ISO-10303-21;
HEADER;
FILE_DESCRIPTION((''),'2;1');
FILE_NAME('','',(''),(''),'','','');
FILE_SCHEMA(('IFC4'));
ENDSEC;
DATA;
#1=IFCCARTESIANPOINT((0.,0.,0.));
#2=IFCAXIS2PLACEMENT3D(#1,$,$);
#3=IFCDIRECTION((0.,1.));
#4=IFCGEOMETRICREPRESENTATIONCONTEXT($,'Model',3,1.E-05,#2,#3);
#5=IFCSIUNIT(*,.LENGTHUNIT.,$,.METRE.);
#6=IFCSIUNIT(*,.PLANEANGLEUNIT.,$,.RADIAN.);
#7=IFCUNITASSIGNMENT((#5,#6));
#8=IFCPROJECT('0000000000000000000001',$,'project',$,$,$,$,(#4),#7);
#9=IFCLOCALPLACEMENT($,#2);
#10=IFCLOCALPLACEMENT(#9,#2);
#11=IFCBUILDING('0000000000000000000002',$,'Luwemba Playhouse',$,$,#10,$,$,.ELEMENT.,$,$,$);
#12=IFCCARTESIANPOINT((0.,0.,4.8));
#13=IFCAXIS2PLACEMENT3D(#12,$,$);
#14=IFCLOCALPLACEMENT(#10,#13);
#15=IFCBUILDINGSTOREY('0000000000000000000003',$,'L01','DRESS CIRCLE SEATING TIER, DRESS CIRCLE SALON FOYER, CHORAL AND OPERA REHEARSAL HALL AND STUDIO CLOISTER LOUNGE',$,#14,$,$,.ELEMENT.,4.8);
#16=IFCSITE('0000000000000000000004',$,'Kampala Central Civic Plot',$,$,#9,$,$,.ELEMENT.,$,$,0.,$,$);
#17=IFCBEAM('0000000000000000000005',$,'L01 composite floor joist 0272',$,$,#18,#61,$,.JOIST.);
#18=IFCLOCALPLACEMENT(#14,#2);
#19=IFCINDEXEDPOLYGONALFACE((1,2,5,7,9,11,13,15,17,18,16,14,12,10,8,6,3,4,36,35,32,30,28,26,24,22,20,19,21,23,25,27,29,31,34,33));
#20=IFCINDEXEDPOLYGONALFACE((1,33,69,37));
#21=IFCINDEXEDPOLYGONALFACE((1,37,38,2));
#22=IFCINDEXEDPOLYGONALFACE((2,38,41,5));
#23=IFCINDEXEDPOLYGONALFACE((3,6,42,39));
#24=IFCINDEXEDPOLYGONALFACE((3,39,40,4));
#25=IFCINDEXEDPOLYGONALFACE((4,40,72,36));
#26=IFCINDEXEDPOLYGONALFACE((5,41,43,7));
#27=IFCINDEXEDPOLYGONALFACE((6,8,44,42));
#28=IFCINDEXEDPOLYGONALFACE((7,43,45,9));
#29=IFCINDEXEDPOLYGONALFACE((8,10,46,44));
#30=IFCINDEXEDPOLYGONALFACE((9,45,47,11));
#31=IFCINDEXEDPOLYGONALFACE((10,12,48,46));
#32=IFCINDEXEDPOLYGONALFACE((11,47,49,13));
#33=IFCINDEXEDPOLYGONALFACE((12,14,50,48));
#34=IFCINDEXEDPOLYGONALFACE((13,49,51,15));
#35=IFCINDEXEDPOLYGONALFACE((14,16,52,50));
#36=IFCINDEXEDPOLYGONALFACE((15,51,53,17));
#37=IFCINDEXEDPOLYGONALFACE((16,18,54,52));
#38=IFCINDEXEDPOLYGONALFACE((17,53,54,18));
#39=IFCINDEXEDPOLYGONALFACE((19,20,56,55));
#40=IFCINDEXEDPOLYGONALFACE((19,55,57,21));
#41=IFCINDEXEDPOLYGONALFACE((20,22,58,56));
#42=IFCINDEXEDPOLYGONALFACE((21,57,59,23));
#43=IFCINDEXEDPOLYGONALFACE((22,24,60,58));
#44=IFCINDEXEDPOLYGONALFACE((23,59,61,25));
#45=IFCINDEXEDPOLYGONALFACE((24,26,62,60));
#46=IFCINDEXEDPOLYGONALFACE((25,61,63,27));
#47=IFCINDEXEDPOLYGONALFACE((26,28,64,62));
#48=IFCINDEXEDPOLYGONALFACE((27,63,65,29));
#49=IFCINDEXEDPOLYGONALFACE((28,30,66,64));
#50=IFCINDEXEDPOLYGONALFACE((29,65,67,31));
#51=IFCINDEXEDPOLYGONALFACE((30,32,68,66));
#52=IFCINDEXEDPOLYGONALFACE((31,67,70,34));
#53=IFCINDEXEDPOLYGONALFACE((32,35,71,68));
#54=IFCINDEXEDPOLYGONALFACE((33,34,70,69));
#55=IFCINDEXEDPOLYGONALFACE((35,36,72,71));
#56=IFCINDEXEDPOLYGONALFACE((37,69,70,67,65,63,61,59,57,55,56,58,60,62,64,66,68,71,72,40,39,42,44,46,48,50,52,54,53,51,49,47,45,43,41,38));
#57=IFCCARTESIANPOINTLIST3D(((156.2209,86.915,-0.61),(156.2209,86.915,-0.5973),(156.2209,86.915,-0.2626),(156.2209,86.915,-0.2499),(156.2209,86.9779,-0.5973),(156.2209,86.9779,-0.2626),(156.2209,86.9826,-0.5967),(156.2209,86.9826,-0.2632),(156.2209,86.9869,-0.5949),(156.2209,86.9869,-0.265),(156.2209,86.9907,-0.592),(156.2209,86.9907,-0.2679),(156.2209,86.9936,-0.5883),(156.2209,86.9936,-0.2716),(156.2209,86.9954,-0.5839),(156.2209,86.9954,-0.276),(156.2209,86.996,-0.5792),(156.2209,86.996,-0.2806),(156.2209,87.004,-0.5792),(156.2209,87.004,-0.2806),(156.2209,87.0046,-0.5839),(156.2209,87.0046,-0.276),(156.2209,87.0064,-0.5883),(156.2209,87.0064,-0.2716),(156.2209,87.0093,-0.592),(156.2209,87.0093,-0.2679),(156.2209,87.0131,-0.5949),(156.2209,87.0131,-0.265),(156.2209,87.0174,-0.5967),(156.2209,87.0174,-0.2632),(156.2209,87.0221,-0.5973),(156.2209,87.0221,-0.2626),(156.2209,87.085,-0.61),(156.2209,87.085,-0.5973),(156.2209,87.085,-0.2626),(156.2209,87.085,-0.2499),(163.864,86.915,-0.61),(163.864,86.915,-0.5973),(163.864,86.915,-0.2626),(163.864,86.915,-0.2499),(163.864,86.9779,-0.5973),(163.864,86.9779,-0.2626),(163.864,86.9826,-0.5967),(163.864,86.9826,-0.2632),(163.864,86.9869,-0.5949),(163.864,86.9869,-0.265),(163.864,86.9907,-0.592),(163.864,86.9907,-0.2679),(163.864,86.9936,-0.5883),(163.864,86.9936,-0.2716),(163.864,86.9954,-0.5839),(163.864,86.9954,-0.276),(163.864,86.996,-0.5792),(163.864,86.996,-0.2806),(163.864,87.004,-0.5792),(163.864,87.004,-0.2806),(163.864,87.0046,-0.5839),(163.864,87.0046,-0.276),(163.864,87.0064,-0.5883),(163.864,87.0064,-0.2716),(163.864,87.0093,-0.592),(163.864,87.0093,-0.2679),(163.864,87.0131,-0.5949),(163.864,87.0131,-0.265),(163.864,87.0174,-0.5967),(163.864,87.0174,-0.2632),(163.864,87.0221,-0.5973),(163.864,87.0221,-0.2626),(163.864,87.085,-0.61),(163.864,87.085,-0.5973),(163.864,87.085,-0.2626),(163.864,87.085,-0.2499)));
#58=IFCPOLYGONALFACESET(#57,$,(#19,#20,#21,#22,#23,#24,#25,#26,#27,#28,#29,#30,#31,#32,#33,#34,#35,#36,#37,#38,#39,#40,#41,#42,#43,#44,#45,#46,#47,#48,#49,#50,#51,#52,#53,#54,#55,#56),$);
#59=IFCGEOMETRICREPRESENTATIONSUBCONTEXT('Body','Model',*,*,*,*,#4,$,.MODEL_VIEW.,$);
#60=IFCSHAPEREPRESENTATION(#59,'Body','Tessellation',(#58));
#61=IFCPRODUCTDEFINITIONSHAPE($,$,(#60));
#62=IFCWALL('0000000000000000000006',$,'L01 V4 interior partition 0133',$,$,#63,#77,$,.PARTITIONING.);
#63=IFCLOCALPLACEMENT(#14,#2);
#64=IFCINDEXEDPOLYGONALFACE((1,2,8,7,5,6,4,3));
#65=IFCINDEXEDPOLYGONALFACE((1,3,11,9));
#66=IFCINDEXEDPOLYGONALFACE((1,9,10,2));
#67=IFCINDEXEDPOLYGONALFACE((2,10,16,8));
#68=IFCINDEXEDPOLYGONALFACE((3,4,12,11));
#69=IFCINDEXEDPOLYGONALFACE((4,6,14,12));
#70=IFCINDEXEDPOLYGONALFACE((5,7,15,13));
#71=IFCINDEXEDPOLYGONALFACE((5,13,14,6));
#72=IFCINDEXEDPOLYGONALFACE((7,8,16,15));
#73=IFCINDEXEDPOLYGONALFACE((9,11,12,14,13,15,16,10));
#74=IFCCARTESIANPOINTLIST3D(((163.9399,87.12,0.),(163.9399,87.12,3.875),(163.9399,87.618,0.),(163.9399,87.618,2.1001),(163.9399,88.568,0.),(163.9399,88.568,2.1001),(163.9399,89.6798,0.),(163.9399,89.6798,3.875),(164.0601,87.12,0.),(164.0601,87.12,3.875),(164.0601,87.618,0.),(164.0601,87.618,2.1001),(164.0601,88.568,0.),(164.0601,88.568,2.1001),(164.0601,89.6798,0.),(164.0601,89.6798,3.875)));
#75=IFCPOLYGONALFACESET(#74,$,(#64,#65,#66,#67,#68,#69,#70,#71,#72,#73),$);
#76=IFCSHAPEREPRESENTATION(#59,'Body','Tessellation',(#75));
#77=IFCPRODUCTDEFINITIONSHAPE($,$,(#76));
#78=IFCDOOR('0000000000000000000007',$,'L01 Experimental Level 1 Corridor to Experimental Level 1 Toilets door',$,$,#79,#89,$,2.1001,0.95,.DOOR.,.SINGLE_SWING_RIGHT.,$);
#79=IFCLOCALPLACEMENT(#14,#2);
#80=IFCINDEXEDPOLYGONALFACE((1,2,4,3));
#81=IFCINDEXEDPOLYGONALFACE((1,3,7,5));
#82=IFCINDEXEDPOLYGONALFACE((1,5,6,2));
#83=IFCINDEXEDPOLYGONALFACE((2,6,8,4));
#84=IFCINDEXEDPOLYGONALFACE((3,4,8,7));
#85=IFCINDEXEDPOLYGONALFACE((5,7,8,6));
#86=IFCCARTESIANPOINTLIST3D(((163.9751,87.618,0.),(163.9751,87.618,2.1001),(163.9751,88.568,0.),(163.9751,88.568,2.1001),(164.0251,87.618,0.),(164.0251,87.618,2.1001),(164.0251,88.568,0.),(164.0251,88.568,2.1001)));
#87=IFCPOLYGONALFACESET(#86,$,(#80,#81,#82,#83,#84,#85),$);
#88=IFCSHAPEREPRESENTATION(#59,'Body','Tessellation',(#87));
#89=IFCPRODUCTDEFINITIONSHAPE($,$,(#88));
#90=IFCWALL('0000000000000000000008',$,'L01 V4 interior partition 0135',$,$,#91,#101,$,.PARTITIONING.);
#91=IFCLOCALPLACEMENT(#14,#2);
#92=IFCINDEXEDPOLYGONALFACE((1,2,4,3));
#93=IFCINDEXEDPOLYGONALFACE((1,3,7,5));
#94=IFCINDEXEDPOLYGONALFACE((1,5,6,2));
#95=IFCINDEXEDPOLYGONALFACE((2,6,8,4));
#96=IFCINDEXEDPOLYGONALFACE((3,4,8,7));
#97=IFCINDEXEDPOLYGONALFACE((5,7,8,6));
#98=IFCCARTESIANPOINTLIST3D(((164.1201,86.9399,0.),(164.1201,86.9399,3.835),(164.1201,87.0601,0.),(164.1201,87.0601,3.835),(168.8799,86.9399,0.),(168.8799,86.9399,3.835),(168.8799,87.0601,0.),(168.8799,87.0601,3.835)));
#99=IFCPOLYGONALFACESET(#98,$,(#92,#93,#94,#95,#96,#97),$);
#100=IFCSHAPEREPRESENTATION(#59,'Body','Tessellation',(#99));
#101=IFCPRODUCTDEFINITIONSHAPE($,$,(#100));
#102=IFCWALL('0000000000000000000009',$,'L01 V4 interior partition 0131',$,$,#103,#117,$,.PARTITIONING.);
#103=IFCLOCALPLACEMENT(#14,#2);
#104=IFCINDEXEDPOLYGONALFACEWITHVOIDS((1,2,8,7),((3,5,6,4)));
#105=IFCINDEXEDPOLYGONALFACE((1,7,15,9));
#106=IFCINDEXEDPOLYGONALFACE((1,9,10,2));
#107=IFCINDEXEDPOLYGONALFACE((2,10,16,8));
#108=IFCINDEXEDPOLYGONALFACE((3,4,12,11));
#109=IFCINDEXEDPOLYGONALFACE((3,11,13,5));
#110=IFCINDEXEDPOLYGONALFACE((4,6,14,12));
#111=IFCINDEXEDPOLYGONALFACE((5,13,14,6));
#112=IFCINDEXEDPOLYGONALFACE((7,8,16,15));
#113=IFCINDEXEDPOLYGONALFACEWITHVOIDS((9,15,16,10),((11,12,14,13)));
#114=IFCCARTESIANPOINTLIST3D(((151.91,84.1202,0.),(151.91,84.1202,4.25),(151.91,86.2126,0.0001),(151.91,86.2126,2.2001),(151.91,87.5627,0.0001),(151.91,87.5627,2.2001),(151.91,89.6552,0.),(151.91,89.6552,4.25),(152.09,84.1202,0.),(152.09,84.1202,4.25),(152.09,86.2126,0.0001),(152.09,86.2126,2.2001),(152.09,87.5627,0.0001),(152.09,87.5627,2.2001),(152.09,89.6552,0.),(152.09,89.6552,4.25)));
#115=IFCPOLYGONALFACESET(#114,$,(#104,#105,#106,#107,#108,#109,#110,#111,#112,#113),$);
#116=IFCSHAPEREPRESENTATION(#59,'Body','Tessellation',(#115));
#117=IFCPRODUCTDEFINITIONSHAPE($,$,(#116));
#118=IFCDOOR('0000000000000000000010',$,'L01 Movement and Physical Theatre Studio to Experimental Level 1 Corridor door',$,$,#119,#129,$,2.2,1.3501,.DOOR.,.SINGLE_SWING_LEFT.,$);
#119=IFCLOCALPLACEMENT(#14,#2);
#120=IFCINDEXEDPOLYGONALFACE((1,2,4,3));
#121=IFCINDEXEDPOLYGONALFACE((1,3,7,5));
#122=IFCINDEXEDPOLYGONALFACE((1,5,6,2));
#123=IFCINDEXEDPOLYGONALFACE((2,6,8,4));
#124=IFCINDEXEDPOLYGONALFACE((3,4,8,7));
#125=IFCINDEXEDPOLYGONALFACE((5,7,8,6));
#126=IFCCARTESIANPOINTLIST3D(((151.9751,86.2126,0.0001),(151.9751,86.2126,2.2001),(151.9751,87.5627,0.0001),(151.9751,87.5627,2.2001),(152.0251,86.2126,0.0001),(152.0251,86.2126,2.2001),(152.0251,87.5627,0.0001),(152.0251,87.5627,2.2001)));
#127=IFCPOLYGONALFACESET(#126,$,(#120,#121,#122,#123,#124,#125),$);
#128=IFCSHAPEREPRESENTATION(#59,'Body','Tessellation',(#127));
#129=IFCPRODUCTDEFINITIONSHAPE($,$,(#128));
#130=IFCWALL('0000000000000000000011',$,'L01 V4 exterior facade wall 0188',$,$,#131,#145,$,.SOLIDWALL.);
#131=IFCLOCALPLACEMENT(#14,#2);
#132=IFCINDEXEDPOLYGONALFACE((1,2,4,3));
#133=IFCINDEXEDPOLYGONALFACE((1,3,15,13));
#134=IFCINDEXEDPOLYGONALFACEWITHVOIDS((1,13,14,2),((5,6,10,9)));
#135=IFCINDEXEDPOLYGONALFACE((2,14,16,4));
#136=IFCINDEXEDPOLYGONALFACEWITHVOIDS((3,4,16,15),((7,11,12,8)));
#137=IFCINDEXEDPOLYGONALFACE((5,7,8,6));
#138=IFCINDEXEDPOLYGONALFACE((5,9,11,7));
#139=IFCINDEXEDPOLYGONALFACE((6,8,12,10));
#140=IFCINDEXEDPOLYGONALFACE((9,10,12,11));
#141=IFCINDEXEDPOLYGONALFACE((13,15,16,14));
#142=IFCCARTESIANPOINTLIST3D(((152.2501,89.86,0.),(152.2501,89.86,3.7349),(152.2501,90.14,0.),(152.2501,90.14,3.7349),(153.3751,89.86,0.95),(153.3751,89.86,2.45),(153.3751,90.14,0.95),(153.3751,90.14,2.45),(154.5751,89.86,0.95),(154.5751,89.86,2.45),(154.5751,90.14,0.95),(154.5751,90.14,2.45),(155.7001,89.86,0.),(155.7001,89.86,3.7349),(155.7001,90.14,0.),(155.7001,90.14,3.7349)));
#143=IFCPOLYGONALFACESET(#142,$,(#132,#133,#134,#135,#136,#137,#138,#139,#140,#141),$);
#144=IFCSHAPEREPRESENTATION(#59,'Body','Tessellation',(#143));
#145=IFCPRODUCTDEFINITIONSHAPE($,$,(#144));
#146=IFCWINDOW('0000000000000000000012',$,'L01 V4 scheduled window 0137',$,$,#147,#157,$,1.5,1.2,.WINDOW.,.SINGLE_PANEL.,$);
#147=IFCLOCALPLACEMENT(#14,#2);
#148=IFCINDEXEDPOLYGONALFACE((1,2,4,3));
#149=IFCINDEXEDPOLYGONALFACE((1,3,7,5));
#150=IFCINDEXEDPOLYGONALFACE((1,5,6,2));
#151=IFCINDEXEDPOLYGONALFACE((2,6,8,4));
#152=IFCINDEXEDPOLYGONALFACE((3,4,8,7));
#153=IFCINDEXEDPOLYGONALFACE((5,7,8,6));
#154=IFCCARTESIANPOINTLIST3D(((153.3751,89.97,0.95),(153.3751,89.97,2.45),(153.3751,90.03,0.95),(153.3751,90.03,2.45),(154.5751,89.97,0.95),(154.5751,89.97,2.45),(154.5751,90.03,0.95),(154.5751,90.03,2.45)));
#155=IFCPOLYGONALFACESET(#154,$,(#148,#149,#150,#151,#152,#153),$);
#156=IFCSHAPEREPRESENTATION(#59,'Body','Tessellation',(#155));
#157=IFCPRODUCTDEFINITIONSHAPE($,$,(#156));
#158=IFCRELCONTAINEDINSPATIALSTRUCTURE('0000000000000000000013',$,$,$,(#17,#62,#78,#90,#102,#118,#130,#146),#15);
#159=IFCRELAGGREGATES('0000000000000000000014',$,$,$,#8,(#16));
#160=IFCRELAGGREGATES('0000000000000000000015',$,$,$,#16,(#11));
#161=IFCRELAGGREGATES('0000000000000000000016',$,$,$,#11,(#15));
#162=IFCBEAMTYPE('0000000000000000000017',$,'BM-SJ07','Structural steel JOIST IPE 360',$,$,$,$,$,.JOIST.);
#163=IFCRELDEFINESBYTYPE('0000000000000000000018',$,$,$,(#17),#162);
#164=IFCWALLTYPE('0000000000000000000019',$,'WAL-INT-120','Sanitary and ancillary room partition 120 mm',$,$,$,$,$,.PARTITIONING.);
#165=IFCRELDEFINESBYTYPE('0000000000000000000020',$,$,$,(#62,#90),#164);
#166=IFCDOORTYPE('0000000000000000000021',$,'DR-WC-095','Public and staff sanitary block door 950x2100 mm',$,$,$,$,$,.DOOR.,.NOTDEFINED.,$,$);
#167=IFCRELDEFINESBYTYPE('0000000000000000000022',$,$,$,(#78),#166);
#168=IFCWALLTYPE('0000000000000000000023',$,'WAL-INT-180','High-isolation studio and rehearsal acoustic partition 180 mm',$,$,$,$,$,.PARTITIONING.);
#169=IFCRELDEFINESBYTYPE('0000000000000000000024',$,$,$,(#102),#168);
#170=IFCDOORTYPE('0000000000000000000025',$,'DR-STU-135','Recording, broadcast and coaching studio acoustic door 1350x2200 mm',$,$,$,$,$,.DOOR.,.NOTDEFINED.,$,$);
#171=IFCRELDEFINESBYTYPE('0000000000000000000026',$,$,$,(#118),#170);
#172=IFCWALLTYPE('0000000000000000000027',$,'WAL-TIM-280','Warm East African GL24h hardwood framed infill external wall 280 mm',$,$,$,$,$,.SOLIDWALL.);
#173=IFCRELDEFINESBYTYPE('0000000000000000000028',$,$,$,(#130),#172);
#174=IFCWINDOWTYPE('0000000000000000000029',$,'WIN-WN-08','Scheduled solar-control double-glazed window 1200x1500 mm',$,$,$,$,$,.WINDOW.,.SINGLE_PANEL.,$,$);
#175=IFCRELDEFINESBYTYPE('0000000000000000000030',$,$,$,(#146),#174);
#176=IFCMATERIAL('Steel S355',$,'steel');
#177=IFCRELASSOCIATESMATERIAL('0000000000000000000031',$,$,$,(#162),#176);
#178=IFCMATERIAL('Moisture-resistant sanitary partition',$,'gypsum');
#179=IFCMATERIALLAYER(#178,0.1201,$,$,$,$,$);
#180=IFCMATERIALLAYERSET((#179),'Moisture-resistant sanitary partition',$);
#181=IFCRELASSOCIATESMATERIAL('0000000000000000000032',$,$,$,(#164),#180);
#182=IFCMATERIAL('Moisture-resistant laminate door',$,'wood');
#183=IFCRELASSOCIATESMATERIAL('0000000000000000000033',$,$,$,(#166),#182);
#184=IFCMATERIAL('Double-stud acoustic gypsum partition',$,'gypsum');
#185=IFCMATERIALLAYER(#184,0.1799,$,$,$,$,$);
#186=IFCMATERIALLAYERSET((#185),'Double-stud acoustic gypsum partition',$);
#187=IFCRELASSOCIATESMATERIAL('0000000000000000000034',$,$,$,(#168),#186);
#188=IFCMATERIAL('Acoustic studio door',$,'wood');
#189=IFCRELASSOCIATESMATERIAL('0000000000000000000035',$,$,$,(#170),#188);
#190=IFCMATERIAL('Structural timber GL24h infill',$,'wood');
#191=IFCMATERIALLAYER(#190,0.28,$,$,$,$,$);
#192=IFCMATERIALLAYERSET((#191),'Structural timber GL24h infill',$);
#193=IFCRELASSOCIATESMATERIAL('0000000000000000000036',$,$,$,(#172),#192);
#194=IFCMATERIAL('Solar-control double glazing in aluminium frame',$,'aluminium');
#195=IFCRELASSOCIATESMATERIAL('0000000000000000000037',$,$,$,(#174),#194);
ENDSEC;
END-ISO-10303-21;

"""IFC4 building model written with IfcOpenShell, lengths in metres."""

from ifc_helpers import new_model, si_unit, direction, frame, frame_2d, origin, origin_2d, place, context, subcontext, project, spatial, rectangle, i_section, extrude, material, layer, layer_set, material_profile, profile_set, type_object, element, fill, save


model = new_model("IFC4")

# Units and contexts
model_context = context("Model", 3, precision=1e-05, world=origin(), true_north=direction((0.0, 1.0)))
body_context = subcontext(model_context, "Body", "Model", "MODEL_VIEW")
ifc_project = project(units=[si_unit("LENGTHUNIT", "METRE"), si_unit("PLANEANGLEUNIT", "RADIAN")], contexts=[model_context])

# Site, building, storey
site_placement = place(None, origin())
site = spatial("IfcSite", under=ifc_project, at=site_placement, Name="Kampala Central Civic Plot", CompositionType="ELEMENT", RefElevation=0.0)
building_placement = place(site_placement, origin())
building = spatial("IfcBuilding", under=site, at=building_placement, Name="Luwemba Playhouse", CompositionType="ELEMENT")
storey_placement = place(building_placement, frame((0.0, 0.0, 4.8)))
storey = spatial("IfcBuildingStorey", under=building, at=storey_placement, Name="L01", Description="DRESS CIRCLE SEATING TIER, DRESS CIRCLE SALON FOYER, CHORAL AND OPERA REHEARSAL HALL AND STUDIO CLOISTER LOUNGE", CompositionType="ELEMENT", Elevation=4.8)

# Beam
ifc_material_1 = material(Name="Steel S355", Category="steel")
ifc_material_profile_1 = material_profile(ifc_material_1, i_section(OverallWidth=0.1699, OverallDepth=0.3601, WebThickness=0.0081, FlangeThickness=0.0127, FilletRadius=0.0181, at=origin_2d()))
ifc_profile_set_1 = profile_set([ifc_material_profile_1], Name="Steel S355")
beam_type_1 = type_object("IfcBeamType", Name="BM-SJ07", Description="Structural steel JOIST IPE 360", PredefinedType="JOIST", material=ifc_profile_set_1)
beam_1_placement = place(storey_placement, frame((156.2209, 87.0, -0.4299), z_axis=(1.0, 0.0, 0.0), x_axis=(0.0, 1.0, 0.0)))
element("IfcBeam", 1, at=beam_1_placement, inside=storey, type_object=beam_type_1, Name="L01 composite floor joist 0272", PredefinedType="JOIST", context=body_context, shape_type="SweptSolid", body=[
    extrude(i_section(OverallWidth=0.1699, OverallDepth=0.3601, WebThickness=0.0081, FlangeThickness=0.0127, FilletRadius=0.0181, at=origin_2d()), origin(), (0.0, 0.0, 1.0), 7.6431),
])

# Wall, opening, door
ifc_material_2 = material(Name="Moisture-resistant sanitary partition", Category="gypsum")
ifc_layer_1 = layer(ifc_material_2, 0.1201)
ifc_layer_set_1 = layer_set([ifc_layer_1], Name="Moisture-resistant sanitary partition")
wall_type_1 = type_object("IfcWallType", Name="WAL-INT-120", Description="Sanitary and ancillary room partition 120 mm", PredefinedType="PARTITIONING", material=ifc_layer_set_1)
wall_1_placement = place(storey_placement, frame((164.0, 87.1201, 0.0), z_axis=(0.0, 0.0, 1.0), x_axis=(0.0, 1.0, 0.0)))
wall_1 = element("IfcWall", 2, at=wall_1_placement, inside=storey, type_object=wall_type_1, Name="L01 V4 interior partition 0133", PredefinedType="PARTITIONING", context=body_context, shape_type="SweptSolid", body=[
    extrude(rectangle(XDim=2.5598, YDim=0.1201, at=frame_2d((1.2798, 0.0))), origin(), (0.0, 0.0, 1.0), 3.875),
])
opening_1_placement = place(wall_1_placement, frame((0.4978, 0.0, 0.0)))
opening_1 = element("IfcOpeningElement", 3, at=opening_1_placement, cuts=wall_1, PredefinedType="OPENING", context=body_context, shape_type="SweptSolid", body=[
    extrude(rectangle(XDim=0.95, YDim=2.1001, at=frame_2d((0.4751, 1.05))), frame((0.0, 0.0701, 0.0), z_axis=(0.0, -1.0, 0.0), x_axis=(1.0, 0.0, 0.0)), (0.0, 0.0, 1.0), 0.1401),
])
ifc_material_3 = material(Name="Moisture-resistant laminate door", Category="wood")
door_type_1 = type_object("IfcDoorType", Name="DR-WC-095", Description="Public and staff sanitary block door 950x2100 mm", OperationType="NOTDEFINED", PredefinedType="DOOR", material=ifc_material_3)
door_1_placement = place(opening_1_placement, origin())
door_1 = element("IfcDoor", 4, at=door_1_placement, inside=storey, type_object=door_type_1, Name="L01 Experimental Level 1 Corridor to Experimental Level 1 Toilets door", OperationType="SINGLE_SWING_RIGHT", OverallHeight=2.1001, OverallWidth=0.95, PredefinedType="DOOR", context=body_context, shape_type="SweptSolid", body=[
    extrude(rectangle(XDim=0.95, YDim=2.1001, at=frame_2d((0.4751, 1.05))), frame((0.0, 0.0249, 0.0), z_axis=(0.0, -1.0, 0.0), x_axis=(1.0, 0.0, 0.0)), (0.0, 0.0, 1.0), 0.05),
])
fill(opening_1, door_1)

# Wall
wall_2_placement = place(storey_placement, frame((164.1201, 87.0, 0.0), z_axis=(0.0, 0.0, 1.0), x_axis=(1.0, 0.0, 0.0)))
element("IfcWall", 5, at=wall_2_placement, inside=storey, type_object=wall_type_1, Name="L01 V4 interior partition 0135", PredefinedType="PARTITIONING", context=body_context, shape_type="SweptSolid", body=[
    extrude(rectangle(XDim=4.7598, YDim=0.1201, at=frame_2d((2.3799, 0.0))), origin(), (0.0, 0.0, 1.0), 3.835),
])

# Wall, opening, door
ifc_material_4 = material(Name="Double-stud acoustic gypsum partition", Category="gypsum")
ifc_layer_2 = layer(ifc_material_4, 0.1799)
ifc_layer_set_2 = layer_set([ifc_layer_2], Name="Double-stud acoustic gypsum partition")
wall_type_2 = type_object("IfcWallType", Name="WAL-INT-180", Description="High-isolation studio and rehearsal acoustic partition 180 mm", PredefinedType="PARTITIONING", material=ifc_layer_set_2)
wall_3_placement = place(storey_placement, frame((152.0, 84.1201, 0.0), z_axis=(0.0, 0.0, 1.0), x_axis=(0.0, 1.0, 0.0)))
wall_3 = element("IfcWall", 6, at=wall_3_placement, inside=storey, type_object=wall_type_2, Name="L01 V4 interior partition 0131", PredefinedType="PARTITIONING", context=body_context, shape_type="SweptSolid", body=[
    extrude(rectangle(XDim=5.5349, YDim=0.1799, at=frame_2d((2.7676, 0.0))), origin(), (0.0, 0.0, 1.0), 4.25),
])
opening_2_placement = place(wall_3_placement, frame((2.0925, 0.0, 0.0)))
opening_2 = element("IfcOpeningElement", 7, at=opening_2_placement, cuts=wall_3, PredefinedType="OPENING", context=body_context, shape_type="SweptSolid", body=[
    extrude(rectangle(XDim=1.3501, YDim=2.2, at=frame_2d((0.675, 1.1001))), frame((0.0, 0.0999, 0.0), z_axis=(0.0, -1.0, 0.0), x_axis=(1.0, 0.0, 0.0)), (0.0, 0.0, 1.0), 0.2),
])
ifc_material_5 = material(Name="Acoustic studio door", Category="wood")
door_type_2 = type_object("IfcDoorType", Name="DR-STU-135", Description="Recording, broadcast and coaching studio acoustic door 1350x2200 mm", OperationType="NOTDEFINED", PredefinedType="DOOR", material=ifc_material_5)
door_2_placement = place(opening_2_placement, origin())
door_2 = element("IfcDoor", 8, at=door_2_placement, inside=storey, type_object=door_type_2, Name="L01 Movement and Physical Theatre Studio to Experimental Level 1 Corridor door", OperationType="SINGLE_SWING_LEFT", OverallHeight=2.2, OverallWidth=1.3501, PredefinedType="DOOR", context=body_context, shape_type="SweptSolid", body=[
    extrude(rectangle(XDim=1.3501, YDim=2.2, at=frame_2d((0.675, 1.1001))), frame((0.0, 0.0249, 0.0), z_axis=(0.0, -1.0, 0.0), x_axis=(1.0, 0.0, 0.0)), (0.0, 0.0, 1.0), 0.05),
])
fill(opening_2, door_2)

# Wall, opening, window
ifc_material_6 = material(Name="Structural timber GL24h infill", Category="wood")
ifc_layer_3 = layer(ifc_material_6, 0.28)
ifc_layer_set_3 = layer_set([ifc_layer_3], Name="Structural timber GL24h infill")
wall_type_3 = type_object("IfcWallType", Name="WAL-TIM-280", Description="Warm East African GL24h hardwood framed infill external wall 280 mm", PredefinedType="SOLIDWALL", material=ifc_layer_set_3)
wall_4_placement = place(storey_placement, frame((152.25, 90.0, 0.0), z_axis=(0.0, 0.0, 1.0), x_axis=(1.0, 0.0, 0.0)))
wall_4 = element("IfcWall", 9, at=wall_4_placement, inside=storey, type_object=wall_type_3, Name="L01 V4 exterior facade wall 0188", PredefinedType="SOLIDWALL", context=body_context, shape_type="SweptSolid", body=[
    extrude(rectangle(XDim=3.45, YDim=0.28, at=frame_2d((1.7251, 0.0))), origin(), (0.0, 0.0, 1.0), 3.7349),
])
opening_3_placement = place(wall_4_placement, frame((1.125, 0.0, 0.95)))
opening_3 = element("IfcOpeningElement", 10, at=opening_3_placement, cuts=wall_4, PredefinedType="OPENING", context=body_context, shape_type="SweptSolid", body=[
    extrude(rectangle(XDim=1.2, YDim=1.5, at=frame_2d((0.6001, 0.75))), frame((0.0, 0.1499, 0.0), z_axis=(0.0, -1.0, 0.0), x_axis=(1.0, 0.0, 0.0)), (0.0, 0.0, 1.0), 0.3),
])
ifc_material_7 = material(Name="Solar-control double glazing in aluminium frame", Category="aluminium")
window_type = type_object("IfcWindowType", Name="WIN-WN-08", Description="Scheduled solar-control double-glazed window 1200x1500 mm", PartitioningType="SINGLE_PANEL", PredefinedType="WINDOW", material=ifc_material_7)
window_placement = place(opening_3_placement, origin())
window = element("IfcWindow", 11, at=window_placement, inside=storey, type_object=window_type, Name="L01 V4 scheduled window 0137", OverallHeight=1.5, OverallWidth=1.2, PartitioningType="SINGLE_PANEL", PredefinedType="WINDOW", context=body_context, shape_type="SweptSolid", body=[
    extrude(rectangle(XDim=1.2, YDim=1.5, at=frame_2d((0.6001, 0.75))), frame((0.0, 0.03, 0.0), z_axis=(0.0, -1.0, 0.0), x_axis=(1.0, 0.0, 0.0)), (0.0, 0.0, 1.0), 0.0601),
])
fill(opening_3, window)

save(model, "model.ifc")
